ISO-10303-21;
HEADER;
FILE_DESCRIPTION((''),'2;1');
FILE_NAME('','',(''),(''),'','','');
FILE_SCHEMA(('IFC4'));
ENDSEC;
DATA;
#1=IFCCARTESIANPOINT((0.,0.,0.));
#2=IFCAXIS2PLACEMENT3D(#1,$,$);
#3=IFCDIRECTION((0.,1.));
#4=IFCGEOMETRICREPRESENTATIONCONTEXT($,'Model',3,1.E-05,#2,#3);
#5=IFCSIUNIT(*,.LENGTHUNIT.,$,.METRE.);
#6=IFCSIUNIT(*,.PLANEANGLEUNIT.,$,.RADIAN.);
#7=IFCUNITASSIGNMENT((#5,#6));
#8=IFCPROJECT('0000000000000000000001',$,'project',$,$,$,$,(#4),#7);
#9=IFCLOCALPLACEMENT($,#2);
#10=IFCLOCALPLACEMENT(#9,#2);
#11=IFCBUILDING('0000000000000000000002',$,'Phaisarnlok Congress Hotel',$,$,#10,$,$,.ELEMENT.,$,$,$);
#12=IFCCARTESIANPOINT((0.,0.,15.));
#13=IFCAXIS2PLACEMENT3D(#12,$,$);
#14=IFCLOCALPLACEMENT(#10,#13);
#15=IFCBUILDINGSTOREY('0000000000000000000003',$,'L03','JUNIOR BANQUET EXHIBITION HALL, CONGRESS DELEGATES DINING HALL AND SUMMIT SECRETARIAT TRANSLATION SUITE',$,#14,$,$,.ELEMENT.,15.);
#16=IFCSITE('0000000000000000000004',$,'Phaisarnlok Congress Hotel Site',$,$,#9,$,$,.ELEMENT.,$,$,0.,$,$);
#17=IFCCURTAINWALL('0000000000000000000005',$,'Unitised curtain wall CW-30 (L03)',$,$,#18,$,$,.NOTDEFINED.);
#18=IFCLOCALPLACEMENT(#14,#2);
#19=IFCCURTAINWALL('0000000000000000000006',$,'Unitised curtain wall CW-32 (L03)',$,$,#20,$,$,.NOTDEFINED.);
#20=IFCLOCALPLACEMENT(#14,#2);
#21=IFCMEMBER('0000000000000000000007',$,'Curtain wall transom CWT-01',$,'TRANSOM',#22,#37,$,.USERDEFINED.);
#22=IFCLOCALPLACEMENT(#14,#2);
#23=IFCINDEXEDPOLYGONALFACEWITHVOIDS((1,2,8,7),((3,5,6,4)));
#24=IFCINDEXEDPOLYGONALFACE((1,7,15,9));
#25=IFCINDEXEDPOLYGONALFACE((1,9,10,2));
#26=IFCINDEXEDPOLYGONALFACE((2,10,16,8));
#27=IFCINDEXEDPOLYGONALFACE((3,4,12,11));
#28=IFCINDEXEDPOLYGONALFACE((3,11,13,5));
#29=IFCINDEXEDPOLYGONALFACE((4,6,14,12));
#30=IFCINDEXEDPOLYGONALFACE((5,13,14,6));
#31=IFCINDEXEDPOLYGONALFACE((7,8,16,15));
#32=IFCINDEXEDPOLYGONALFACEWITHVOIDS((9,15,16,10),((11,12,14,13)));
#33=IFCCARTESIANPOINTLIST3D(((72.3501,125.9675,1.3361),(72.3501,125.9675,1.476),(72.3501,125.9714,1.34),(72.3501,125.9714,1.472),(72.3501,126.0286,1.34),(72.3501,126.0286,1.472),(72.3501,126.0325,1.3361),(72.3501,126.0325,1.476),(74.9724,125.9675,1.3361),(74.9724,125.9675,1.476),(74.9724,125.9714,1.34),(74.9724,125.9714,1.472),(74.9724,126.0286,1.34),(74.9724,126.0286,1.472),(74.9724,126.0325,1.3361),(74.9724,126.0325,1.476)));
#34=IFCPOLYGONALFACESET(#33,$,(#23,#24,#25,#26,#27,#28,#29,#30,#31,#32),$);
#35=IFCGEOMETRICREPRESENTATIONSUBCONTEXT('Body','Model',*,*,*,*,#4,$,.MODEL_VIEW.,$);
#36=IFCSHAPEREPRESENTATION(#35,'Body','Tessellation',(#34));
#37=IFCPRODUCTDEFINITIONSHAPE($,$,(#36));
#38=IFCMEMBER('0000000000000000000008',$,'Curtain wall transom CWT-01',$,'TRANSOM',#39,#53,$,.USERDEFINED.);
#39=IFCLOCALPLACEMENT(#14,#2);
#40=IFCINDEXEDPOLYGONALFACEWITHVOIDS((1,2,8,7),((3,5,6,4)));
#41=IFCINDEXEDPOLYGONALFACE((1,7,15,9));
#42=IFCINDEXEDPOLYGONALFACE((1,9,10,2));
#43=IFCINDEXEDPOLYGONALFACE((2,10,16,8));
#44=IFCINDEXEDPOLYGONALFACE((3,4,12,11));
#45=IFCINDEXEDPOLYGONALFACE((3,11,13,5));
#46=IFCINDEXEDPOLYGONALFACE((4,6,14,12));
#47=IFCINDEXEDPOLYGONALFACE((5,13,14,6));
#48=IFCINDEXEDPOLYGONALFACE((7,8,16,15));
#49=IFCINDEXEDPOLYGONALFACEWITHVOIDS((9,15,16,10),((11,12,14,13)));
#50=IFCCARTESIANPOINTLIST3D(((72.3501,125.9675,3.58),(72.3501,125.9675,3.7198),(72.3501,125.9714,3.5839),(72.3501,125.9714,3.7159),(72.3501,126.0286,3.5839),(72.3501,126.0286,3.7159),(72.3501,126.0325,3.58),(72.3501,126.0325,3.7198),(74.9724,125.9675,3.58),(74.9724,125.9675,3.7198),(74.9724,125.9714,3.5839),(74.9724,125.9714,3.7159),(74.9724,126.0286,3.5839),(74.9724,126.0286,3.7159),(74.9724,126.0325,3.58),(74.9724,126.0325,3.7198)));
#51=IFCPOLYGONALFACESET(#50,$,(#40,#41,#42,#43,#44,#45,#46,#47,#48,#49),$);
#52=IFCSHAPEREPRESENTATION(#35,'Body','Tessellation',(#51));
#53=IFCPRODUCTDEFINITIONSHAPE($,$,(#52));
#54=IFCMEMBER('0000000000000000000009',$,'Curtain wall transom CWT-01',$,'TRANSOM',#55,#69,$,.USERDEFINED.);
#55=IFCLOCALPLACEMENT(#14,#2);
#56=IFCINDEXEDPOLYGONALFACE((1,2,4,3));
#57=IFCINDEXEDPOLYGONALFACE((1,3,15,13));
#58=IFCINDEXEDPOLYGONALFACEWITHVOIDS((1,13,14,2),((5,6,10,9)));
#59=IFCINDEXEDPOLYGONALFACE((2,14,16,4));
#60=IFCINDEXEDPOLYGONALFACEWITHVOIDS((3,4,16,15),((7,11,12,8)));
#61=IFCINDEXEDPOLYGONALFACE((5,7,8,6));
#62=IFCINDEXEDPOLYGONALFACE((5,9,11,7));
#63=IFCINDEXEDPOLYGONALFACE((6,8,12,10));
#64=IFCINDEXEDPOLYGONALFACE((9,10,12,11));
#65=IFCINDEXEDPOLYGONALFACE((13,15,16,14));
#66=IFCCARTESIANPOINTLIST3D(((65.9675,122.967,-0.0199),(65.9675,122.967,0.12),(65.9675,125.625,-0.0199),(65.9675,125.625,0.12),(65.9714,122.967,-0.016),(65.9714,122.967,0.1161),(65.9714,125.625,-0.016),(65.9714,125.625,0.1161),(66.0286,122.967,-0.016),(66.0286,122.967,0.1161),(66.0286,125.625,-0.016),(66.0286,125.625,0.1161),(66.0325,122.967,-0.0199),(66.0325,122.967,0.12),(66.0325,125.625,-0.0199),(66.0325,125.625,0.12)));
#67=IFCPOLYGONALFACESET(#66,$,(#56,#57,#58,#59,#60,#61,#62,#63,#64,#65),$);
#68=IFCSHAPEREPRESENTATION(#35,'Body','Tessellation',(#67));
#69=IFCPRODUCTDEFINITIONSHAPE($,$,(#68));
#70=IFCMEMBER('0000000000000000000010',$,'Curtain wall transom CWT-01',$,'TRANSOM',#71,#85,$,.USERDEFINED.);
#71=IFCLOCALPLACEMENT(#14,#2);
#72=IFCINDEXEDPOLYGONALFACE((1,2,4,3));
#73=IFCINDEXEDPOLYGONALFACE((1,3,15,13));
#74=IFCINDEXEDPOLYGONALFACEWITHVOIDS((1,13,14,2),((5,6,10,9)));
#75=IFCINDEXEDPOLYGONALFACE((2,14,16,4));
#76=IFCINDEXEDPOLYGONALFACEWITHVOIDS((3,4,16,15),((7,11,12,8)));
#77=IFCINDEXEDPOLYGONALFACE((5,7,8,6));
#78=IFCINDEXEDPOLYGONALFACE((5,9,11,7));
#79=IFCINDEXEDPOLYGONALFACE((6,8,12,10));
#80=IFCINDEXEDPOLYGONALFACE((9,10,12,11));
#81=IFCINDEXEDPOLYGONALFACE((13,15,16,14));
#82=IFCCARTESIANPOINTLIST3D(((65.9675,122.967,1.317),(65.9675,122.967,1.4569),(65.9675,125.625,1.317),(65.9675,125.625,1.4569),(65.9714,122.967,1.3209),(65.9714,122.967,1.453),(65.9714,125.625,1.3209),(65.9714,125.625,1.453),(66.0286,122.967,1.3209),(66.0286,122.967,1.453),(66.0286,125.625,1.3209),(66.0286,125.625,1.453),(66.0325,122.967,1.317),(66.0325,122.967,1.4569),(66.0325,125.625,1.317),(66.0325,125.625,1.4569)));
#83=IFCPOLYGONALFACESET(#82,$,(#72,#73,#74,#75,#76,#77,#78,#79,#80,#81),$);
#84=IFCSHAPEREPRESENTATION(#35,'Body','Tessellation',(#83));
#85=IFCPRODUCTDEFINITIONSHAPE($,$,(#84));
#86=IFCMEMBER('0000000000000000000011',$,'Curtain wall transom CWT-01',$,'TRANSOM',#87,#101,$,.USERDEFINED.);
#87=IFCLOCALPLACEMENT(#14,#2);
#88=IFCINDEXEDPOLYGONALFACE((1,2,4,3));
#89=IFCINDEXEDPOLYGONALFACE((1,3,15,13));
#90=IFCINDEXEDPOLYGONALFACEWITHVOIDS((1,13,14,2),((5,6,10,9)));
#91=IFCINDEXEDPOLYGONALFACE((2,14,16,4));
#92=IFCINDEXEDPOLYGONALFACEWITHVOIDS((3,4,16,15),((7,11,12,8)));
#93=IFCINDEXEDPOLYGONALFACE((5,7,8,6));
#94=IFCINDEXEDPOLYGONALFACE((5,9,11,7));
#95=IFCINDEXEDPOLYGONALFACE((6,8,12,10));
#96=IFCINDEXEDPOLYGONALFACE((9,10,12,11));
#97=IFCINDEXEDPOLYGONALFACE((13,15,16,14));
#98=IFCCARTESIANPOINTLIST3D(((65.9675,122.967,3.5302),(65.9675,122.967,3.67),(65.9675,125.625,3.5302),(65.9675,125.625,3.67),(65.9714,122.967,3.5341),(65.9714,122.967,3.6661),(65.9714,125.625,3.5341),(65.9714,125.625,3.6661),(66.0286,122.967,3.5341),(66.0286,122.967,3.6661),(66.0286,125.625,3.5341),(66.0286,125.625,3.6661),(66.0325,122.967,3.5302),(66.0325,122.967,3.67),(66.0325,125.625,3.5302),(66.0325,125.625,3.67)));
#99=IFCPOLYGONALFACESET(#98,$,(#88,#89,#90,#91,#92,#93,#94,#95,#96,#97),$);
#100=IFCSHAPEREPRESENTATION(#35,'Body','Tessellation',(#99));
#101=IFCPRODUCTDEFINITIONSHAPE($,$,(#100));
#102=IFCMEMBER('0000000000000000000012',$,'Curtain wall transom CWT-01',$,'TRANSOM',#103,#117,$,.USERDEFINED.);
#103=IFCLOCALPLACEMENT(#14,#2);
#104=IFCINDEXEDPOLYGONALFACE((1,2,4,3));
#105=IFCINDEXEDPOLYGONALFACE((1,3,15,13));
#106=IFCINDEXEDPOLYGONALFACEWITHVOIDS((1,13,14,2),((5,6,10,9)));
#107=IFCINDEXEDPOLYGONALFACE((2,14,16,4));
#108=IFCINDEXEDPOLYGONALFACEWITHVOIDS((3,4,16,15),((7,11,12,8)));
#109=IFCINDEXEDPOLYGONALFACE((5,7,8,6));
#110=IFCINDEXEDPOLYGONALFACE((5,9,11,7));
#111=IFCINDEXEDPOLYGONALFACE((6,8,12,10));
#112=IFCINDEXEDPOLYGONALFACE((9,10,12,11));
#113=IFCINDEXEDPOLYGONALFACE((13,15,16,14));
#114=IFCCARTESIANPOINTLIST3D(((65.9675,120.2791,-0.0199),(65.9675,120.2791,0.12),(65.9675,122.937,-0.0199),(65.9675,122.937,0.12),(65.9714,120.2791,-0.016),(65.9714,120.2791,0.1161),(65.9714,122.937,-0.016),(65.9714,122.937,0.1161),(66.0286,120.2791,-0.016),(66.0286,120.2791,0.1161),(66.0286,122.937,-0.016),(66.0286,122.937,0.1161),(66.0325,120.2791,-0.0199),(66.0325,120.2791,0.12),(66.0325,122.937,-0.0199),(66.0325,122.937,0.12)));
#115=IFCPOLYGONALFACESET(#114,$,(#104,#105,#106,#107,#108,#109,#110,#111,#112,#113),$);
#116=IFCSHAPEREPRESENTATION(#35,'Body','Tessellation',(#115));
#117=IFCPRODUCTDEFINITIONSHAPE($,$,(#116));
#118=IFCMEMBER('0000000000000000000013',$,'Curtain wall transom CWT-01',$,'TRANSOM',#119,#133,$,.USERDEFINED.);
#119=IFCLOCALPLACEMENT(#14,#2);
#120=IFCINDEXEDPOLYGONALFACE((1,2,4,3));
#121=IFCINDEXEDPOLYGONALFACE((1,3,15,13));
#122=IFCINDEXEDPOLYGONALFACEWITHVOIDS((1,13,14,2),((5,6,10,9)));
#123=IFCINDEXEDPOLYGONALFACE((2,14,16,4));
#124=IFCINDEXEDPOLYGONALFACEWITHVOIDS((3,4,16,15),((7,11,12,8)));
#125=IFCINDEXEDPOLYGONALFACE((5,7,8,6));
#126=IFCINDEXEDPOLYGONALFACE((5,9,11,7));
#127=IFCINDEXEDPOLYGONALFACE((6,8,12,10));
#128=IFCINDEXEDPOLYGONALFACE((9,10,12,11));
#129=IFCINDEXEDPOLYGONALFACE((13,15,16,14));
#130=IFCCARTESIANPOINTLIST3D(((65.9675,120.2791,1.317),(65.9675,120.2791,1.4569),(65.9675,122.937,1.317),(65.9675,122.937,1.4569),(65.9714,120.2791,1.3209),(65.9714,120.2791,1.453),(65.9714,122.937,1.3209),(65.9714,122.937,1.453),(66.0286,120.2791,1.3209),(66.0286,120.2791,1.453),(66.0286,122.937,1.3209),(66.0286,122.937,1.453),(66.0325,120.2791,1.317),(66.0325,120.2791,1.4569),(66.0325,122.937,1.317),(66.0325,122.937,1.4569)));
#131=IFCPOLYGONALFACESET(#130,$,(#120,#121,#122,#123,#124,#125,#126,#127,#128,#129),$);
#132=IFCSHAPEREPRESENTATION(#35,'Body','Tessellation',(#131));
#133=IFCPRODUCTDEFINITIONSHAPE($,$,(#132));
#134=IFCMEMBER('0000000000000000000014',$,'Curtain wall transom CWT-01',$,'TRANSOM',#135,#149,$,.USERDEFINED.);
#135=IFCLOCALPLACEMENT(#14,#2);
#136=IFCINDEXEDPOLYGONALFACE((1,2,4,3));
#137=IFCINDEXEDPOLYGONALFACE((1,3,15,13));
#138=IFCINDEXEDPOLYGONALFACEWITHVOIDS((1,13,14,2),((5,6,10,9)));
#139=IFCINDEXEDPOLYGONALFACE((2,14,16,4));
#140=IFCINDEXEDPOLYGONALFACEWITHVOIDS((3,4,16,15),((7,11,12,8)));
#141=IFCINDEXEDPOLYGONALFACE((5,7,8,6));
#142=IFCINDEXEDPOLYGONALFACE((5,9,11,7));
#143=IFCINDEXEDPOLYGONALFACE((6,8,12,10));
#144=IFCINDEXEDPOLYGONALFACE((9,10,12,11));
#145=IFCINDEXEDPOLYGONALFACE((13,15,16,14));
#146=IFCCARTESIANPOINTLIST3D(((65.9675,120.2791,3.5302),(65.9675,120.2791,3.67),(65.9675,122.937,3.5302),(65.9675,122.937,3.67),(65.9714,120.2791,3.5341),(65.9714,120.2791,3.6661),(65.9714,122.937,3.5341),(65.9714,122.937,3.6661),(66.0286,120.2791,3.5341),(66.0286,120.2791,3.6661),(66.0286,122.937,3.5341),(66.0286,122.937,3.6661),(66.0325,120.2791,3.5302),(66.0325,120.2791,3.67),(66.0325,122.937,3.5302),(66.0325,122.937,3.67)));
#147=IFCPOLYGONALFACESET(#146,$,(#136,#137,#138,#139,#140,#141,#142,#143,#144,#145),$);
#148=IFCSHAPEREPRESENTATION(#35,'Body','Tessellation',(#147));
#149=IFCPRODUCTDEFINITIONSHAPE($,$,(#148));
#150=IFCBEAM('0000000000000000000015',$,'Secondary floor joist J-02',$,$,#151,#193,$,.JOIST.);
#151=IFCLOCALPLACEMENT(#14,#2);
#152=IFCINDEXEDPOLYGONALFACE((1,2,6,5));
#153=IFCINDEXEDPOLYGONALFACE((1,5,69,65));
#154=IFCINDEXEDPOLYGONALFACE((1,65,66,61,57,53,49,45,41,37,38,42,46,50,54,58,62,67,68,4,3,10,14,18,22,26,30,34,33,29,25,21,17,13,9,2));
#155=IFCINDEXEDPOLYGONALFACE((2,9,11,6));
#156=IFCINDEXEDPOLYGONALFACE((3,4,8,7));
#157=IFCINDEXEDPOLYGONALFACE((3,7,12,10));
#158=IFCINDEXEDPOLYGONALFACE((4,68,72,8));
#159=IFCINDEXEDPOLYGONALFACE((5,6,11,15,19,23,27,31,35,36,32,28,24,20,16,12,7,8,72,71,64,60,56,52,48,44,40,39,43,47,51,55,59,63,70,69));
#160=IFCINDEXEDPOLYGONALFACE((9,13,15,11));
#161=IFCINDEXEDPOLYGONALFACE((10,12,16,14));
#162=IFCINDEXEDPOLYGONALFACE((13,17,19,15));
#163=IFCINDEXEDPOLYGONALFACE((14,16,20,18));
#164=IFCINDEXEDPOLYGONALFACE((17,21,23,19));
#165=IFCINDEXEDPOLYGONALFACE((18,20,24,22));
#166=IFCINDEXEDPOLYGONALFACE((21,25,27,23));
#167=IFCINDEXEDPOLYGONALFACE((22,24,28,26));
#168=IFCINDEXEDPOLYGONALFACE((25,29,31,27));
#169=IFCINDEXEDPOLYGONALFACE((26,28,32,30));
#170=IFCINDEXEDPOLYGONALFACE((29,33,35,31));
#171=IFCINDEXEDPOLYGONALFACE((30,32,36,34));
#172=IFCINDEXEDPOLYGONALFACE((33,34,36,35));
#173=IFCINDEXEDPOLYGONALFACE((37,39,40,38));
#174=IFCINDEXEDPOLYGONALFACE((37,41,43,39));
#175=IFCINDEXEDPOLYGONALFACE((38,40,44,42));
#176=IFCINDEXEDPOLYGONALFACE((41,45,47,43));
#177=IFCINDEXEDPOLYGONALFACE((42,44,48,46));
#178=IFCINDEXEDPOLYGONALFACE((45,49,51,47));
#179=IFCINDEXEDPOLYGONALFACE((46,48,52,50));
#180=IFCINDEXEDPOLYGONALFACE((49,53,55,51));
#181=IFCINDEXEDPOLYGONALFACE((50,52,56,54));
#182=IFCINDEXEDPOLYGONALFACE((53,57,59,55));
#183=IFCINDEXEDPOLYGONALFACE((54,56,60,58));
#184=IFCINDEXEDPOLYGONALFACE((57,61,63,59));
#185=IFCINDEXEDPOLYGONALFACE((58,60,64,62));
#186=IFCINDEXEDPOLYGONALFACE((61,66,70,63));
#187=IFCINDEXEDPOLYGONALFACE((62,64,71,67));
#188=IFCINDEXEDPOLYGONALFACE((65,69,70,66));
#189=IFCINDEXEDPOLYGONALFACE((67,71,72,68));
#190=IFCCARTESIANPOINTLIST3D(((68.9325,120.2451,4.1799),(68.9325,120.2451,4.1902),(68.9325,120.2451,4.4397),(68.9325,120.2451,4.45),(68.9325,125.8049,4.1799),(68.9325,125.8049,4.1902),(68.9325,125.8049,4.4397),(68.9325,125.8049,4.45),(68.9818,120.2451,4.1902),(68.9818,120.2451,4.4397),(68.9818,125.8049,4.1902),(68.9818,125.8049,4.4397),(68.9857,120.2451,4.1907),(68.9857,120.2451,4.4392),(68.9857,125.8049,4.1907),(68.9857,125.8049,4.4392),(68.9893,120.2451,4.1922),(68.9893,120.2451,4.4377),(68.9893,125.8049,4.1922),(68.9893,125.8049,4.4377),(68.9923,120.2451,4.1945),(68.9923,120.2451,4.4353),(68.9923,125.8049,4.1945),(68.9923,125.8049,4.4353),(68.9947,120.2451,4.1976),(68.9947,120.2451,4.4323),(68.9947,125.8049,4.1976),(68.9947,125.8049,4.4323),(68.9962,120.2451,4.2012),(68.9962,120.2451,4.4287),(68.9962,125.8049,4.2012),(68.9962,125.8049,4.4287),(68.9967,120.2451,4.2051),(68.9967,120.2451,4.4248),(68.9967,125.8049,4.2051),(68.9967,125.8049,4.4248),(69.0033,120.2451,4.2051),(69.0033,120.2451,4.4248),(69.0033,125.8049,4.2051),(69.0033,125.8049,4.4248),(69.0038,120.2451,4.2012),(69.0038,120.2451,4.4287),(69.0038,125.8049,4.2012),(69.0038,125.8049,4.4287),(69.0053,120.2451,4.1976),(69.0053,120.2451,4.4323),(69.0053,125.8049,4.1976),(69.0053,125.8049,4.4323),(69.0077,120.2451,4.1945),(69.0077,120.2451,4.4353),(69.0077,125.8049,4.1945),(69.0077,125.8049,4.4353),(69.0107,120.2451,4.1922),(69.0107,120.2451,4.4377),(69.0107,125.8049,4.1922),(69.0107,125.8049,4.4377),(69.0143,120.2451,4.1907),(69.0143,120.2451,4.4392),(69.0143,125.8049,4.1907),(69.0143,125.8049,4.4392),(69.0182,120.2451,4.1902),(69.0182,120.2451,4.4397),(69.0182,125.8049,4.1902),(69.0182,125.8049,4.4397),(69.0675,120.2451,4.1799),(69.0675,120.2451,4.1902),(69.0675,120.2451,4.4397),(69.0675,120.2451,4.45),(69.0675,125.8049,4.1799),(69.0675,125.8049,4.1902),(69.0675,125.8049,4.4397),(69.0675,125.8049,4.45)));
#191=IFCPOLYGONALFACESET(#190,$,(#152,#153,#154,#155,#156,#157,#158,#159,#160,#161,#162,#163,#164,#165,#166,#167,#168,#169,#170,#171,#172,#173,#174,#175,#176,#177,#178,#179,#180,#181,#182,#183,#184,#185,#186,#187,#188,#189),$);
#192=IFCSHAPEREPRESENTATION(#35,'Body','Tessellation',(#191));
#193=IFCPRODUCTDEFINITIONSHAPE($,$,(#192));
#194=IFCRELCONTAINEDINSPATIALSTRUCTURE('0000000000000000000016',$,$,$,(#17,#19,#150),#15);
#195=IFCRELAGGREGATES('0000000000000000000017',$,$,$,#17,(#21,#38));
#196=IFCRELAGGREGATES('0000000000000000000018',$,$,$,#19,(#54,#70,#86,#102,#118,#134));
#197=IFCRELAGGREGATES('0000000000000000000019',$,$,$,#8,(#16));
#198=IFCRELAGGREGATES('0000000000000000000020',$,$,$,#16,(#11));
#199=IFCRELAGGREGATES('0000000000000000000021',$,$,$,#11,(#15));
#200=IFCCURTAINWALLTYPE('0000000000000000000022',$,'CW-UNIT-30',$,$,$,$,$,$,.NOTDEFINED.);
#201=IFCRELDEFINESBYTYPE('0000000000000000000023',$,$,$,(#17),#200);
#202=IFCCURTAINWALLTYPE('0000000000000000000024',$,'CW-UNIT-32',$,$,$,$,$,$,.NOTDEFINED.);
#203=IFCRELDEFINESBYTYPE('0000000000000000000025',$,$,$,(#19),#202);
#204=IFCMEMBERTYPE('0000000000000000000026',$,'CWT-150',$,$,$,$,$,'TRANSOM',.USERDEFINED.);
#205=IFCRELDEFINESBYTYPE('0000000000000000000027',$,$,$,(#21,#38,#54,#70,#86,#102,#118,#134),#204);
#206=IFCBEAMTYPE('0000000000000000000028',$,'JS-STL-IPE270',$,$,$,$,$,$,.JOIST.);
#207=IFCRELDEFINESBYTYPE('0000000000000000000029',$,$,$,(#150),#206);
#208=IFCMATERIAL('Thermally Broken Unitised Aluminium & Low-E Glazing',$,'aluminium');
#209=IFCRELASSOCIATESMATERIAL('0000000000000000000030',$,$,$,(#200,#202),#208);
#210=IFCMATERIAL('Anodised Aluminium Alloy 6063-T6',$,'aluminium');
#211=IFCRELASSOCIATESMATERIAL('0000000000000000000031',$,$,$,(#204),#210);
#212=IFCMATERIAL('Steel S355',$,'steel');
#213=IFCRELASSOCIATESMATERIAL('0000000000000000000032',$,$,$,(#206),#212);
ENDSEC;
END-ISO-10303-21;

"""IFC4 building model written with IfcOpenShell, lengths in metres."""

from ifc_helpers import new_model, si_unit, direction, frame, origin, origin_2d, place, context, subcontext, project, spatial, hollow_rectangle, i_section, extrude, material, material_profile, profile_set, type_object, element, aggregate, save


model = new_model("IFC4")

# Units and contexts
model_context = context("Model", 3, precision=1e-05, world=origin(), true_north=direction((0.0, 1.0)))
body_context = subcontext(model_context, "Body", "Model", "MODEL_VIEW")
ifc_project = project(units=[si_unit("LENGTHUNIT", "METRE"), si_unit("PLANEANGLEUNIT", "RADIAN")], contexts=[model_context])

# Site, building, storey
site_placement = place(None, origin())
site = spatial("IfcSite", under=ifc_project, at=site_placement, Name="Phaisarnlok Congress Hotel Site", CompositionType="ELEMENT", RefElevation=0.0)
building_placement = place(site_placement, origin())
building = spatial("IfcBuilding", under=site, at=building_placement, Name="Phaisarnlok Congress Hotel", CompositionType="ELEMENT")
storey_placement = place(building_placement, frame((0.0, 0.0, 15.0)))
storey = spatial("IfcBuildingStorey", under=building, at=storey_placement, Name="L03", Description="JUNIOR BANQUET EXHIBITION HALL, CONGRESS DELEGATES DINING HALL AND SUMMIT SECRETARIAT TRANSLATION SUITE", CompositionType="ELEMENT", Elevation=15.0)

# Shared definitions
ifc_material_1 = material(Name="Steel S355", Category="steel")

# Curtain walls
ifc_material_2 = material(Name="Thermally Broken Unitised Aluminium & Low-E Glazing", Category="aluminium")
curtain_wall_type_1 = type_object("IfcCurtainWallType", Name="CW-UNIT-30", PredefinedType="NOTDEFINED", material=ifc_material_2)
curtain_wall_1_placement = place(storey_placement, origin())
curtain_wall_1 = element("IfcCurtainWall", 1, at=curtain_wall_1_placement, inside=storey, type_object=curtain_wall_type_1, Name="Unitised curtain wall CW-30 (L03)", PredefinedType="NOTDEFINED")
ifc_material_3 = material(Name="Anodised Aluminium Alloy 6063-T6", Category="aluminium")
curtain_wall_type_2 = type_object("IfcCurtainWallType", Name="CW-UNIT-32", PredefinedType="NOTDEFINED", material=ifc_material_2)
curtain_wall_2_placement = place(storey_placement, origin())
curtain_wall_2 = element("IfcCurtainWall", 2, at=curtain_wall_2_placement, inside=storey, type_object=curtain_wall_type_2, Name="Unitised curtain wall CW-32 (L03)", PredefinedType="NOTDEFINED")

# Members
ifc_material_profile_1 = material_profile(ifc_material_3, hollow_rectangle(XDim=0.0649, YDim=0.1399, WallThickness=0.0039, at=origin_2d()), Name="ALU-T 65x140x4")
ifc_profile_set_1 = profile_set([ifc_material_profile_1], Name="Anodised Aluminium Alloy 6063-T6")
member_type_1 = type_object("IfcMemberType", Name="CWT-150", ElementType="TRANSOM", PredefinedType="USERDEFINED", material=ifc_profile_set_1)
member_1_placement = place(storey_placement, frame((74.9724, 126.0, 1.406), z_axis=(-1.0, 0.0, 0.0), x_axis=(0.0, -1.0, 0.0)))
member_1 = element("IfcMember", 3, at=member_1_placement, type_object=member_type_1, Name="Curtain wall transom CWT-01", ObjectType="TRANSOM", PredefinedType="USERDEFINED", context=body_context, shape_type="SweptSolid", body=[
    extrude(hollow_rectangle(XDim=0.0649, YDim=0.1399, WallThickness=0.0039, at=origin_2d()), origin(), (0.0, 0.0, 1.0), 2.6223),
])
member_2_placement = place(storey_placement, frame((74.9724, 126.0, 3.6499), z_axis=(-1.0, 0.0, 0.0), x_axis=(0.0, -1.0, 0.0)))
member_2 = element("IfcMember", 4, at=member_2_placement, type_object=member_type_1, Name="Curtain wall transom CWT-01", ObjectType="TRANSOM", PredefinedType="USERDEFINED", context=body_context, shape_type="SweptSolid", body=[
    extrude(hollow_rectangle(XDim=0.0649, YDim=0.1399, WallThickness=0.0039, at=origin_2d()), origin(), (0.0, 0.0, 1.0), 2.6223),
])
member_3_placement = place(storey_placement, frame((66.0, 125.625, 0.05), z_axis=(0.0, -1.0, 0.0), x_axis=(1.0, 0.0, 0.0)))
member_3 = element("IfcMember", 5, at=member_3_placement, type_object=member_type_1, Name="Curtain wall transom CWT-01", ObjectType="TRANSOM", PredefinedType="USERDEFINED", context=body_context, shape_type="SweptSolid", body=[
    extrude(hollow_rectangle(XDim=0.0649, YDim=0.1399, WallThickness=0.0039, at=origin_2d()), origin(), (0.0, 0.0, 1.0), 2.658),
])
member_4_placement = place(storey_placement, frame((66.0, 125.625, 1.387), z_axis=(0.0, -1.0, 0.0), x_axis=(1.0, 0.0, 0.0)))
member_4 = element("IfcMember", 6, at=member_4_placement, type_object=member_type_1, Name="Curtain wall transom CWT-01", ObjectType="TRANSOM", PredefinedType="USERDEFINED", context=body_context, shape_type="SweptSolid", body=[
    extrude(hollow_rectangle(XDim=0.0649, YDim=0.1399, WallThickness=0.0039, at=origin_2d()), origin(), (0.0, 0.0, 1.0), 2.658),
])
member_5_placement = place(storey_placement, frame((66.0, 125.625, 3.6001), z_axis=(0.0, -1.0, 0.0), x_axis=(1.0, 0.0, 0.0)))
member_5 = element("IfcMember", 7, at=member_5_placement, type_object=member_type_1, Name="Curtain wall transom CWT-01", ObjectType="TRANSOM", PredefinedType="USERDEFINED", context=body_context, shape_type="SweptSolid", body=[
    extrude(hollow_rectangle(XDim=0.0649, YDim=0.1399, WallThickness=0.0039, at=origin_2d()), origin(), (0.0, 0.0, 1.0), 2.658),
])
member_6_placement = place(storey_placement, frame((66.0, 122.937, 0.05), z_axis=(0.0, -1.0, 0.0), x_axis=(1.0, 0.0, 0.0)))
member_6 = element("IfcMember", 8, at=member_6_placement, type_object=member_type_1, Name="Curtain wall transom CWT-01", ObjectType="TRANSOM", PredefinedType="USERDEFINED", context=body_context, shape_type="SweptSolid", body=[
    extrude(hollow_rectangle(XDim=0.0649, YDim=0.1399, WallThickness=0.0039, at=origin_2d()), origin(), (0.0, 0.0, 1.0), 2.658),
])
member_7_placement = place(storey_placement, frame((66.0, 122.937, 1.387), z_axis=(0.0, -1.0, 0.0), x_axis=(1.0, 0.0, 0.0)))
member_7 = element("IfcMember", 9, at=member_7_placement, type_object=member_type_1, Name="Curtain wall transom CWT-01", ObjectType="TRANSOM", PredefinedType="USERDEFINED", context=body_context, shape_type="SweptSolid", body=[
    extrude(hollow_rectangle(XDim=0.0649, YDim=0.1399, WallThickness=0.0039, at=origin_2d()), origin(), (0.0, 0.0, 1.0), 2.658),
])
member_8_placement = place(storey_placement, frame((66.0, 122.937, 3.6001), z_axis=(0.0, -1.0, 0.0), x_axis=(1.0, 0.0, 0.0)))
member_8 = element("IfcMember", 10, at=member_8_placement, type_object=member_type_1, Name="Curtain wall transom CWT-01", ObjectType="TRANSOM", PredefinedType="USERDEFINED", context=body_context, shape_type="SweptSolid", body=[
    extrude(hollow_rectangle(XDim=0.0649, YDim=0.1399, WallThickness=0.0039, at=origin_2d()), origin(), (0.0, 0.0, 1.0), 2.658),
])

# Beam
ifc_material_profile_2 = material_profile(ifc_material_1, i_section(OverallWidth=0.135, OverallDepth=0.27, WebThickness=0.0066, FlangeThickness=0.0103, FilletRadius=0.0149, at=origin_2d()), Name="IPE 270")
ifc_profile_set_2 = profile_set([ifc_material_profile_2], Name="Steel S355")
beam_type_1 = type_object("IfcBeamType", Name="JS-STL-IPE270", PredefinedType="JOIST", material=ifc_profile_set_2)
beam_1_placement = place(storey_placement, frame((69.0, 120.2451, 4.3149), z_axis=(0.0, 1.0, 0.0), x_axis=(-1.0, 0.0, 0.0)))
element("IfcBeam", 11, at=beam_1_placement, inside=storey, type_object=beam_type_1, Name="Secondary floor joist J-02", PredefinedType="JOIST", context=body_context, shape_type="SweptSolid", body=[
    extrude(i_section(OverallWidth=0.135, OverallDepth=0.27, WebThickness=0.0066, FlangeThickness=0.0103, FilletRadius=0.0149, at=origin_2d()), origin(), (0.0, 0.0, 1.0), 5.5598),
])

aggregate(curtain_wall_1, [member_1, member_2])
aggregate(curtain_wall_2, [member_3, member_4, member_5, member_6, member_7, member_8])

save(model, "model.ifc")
